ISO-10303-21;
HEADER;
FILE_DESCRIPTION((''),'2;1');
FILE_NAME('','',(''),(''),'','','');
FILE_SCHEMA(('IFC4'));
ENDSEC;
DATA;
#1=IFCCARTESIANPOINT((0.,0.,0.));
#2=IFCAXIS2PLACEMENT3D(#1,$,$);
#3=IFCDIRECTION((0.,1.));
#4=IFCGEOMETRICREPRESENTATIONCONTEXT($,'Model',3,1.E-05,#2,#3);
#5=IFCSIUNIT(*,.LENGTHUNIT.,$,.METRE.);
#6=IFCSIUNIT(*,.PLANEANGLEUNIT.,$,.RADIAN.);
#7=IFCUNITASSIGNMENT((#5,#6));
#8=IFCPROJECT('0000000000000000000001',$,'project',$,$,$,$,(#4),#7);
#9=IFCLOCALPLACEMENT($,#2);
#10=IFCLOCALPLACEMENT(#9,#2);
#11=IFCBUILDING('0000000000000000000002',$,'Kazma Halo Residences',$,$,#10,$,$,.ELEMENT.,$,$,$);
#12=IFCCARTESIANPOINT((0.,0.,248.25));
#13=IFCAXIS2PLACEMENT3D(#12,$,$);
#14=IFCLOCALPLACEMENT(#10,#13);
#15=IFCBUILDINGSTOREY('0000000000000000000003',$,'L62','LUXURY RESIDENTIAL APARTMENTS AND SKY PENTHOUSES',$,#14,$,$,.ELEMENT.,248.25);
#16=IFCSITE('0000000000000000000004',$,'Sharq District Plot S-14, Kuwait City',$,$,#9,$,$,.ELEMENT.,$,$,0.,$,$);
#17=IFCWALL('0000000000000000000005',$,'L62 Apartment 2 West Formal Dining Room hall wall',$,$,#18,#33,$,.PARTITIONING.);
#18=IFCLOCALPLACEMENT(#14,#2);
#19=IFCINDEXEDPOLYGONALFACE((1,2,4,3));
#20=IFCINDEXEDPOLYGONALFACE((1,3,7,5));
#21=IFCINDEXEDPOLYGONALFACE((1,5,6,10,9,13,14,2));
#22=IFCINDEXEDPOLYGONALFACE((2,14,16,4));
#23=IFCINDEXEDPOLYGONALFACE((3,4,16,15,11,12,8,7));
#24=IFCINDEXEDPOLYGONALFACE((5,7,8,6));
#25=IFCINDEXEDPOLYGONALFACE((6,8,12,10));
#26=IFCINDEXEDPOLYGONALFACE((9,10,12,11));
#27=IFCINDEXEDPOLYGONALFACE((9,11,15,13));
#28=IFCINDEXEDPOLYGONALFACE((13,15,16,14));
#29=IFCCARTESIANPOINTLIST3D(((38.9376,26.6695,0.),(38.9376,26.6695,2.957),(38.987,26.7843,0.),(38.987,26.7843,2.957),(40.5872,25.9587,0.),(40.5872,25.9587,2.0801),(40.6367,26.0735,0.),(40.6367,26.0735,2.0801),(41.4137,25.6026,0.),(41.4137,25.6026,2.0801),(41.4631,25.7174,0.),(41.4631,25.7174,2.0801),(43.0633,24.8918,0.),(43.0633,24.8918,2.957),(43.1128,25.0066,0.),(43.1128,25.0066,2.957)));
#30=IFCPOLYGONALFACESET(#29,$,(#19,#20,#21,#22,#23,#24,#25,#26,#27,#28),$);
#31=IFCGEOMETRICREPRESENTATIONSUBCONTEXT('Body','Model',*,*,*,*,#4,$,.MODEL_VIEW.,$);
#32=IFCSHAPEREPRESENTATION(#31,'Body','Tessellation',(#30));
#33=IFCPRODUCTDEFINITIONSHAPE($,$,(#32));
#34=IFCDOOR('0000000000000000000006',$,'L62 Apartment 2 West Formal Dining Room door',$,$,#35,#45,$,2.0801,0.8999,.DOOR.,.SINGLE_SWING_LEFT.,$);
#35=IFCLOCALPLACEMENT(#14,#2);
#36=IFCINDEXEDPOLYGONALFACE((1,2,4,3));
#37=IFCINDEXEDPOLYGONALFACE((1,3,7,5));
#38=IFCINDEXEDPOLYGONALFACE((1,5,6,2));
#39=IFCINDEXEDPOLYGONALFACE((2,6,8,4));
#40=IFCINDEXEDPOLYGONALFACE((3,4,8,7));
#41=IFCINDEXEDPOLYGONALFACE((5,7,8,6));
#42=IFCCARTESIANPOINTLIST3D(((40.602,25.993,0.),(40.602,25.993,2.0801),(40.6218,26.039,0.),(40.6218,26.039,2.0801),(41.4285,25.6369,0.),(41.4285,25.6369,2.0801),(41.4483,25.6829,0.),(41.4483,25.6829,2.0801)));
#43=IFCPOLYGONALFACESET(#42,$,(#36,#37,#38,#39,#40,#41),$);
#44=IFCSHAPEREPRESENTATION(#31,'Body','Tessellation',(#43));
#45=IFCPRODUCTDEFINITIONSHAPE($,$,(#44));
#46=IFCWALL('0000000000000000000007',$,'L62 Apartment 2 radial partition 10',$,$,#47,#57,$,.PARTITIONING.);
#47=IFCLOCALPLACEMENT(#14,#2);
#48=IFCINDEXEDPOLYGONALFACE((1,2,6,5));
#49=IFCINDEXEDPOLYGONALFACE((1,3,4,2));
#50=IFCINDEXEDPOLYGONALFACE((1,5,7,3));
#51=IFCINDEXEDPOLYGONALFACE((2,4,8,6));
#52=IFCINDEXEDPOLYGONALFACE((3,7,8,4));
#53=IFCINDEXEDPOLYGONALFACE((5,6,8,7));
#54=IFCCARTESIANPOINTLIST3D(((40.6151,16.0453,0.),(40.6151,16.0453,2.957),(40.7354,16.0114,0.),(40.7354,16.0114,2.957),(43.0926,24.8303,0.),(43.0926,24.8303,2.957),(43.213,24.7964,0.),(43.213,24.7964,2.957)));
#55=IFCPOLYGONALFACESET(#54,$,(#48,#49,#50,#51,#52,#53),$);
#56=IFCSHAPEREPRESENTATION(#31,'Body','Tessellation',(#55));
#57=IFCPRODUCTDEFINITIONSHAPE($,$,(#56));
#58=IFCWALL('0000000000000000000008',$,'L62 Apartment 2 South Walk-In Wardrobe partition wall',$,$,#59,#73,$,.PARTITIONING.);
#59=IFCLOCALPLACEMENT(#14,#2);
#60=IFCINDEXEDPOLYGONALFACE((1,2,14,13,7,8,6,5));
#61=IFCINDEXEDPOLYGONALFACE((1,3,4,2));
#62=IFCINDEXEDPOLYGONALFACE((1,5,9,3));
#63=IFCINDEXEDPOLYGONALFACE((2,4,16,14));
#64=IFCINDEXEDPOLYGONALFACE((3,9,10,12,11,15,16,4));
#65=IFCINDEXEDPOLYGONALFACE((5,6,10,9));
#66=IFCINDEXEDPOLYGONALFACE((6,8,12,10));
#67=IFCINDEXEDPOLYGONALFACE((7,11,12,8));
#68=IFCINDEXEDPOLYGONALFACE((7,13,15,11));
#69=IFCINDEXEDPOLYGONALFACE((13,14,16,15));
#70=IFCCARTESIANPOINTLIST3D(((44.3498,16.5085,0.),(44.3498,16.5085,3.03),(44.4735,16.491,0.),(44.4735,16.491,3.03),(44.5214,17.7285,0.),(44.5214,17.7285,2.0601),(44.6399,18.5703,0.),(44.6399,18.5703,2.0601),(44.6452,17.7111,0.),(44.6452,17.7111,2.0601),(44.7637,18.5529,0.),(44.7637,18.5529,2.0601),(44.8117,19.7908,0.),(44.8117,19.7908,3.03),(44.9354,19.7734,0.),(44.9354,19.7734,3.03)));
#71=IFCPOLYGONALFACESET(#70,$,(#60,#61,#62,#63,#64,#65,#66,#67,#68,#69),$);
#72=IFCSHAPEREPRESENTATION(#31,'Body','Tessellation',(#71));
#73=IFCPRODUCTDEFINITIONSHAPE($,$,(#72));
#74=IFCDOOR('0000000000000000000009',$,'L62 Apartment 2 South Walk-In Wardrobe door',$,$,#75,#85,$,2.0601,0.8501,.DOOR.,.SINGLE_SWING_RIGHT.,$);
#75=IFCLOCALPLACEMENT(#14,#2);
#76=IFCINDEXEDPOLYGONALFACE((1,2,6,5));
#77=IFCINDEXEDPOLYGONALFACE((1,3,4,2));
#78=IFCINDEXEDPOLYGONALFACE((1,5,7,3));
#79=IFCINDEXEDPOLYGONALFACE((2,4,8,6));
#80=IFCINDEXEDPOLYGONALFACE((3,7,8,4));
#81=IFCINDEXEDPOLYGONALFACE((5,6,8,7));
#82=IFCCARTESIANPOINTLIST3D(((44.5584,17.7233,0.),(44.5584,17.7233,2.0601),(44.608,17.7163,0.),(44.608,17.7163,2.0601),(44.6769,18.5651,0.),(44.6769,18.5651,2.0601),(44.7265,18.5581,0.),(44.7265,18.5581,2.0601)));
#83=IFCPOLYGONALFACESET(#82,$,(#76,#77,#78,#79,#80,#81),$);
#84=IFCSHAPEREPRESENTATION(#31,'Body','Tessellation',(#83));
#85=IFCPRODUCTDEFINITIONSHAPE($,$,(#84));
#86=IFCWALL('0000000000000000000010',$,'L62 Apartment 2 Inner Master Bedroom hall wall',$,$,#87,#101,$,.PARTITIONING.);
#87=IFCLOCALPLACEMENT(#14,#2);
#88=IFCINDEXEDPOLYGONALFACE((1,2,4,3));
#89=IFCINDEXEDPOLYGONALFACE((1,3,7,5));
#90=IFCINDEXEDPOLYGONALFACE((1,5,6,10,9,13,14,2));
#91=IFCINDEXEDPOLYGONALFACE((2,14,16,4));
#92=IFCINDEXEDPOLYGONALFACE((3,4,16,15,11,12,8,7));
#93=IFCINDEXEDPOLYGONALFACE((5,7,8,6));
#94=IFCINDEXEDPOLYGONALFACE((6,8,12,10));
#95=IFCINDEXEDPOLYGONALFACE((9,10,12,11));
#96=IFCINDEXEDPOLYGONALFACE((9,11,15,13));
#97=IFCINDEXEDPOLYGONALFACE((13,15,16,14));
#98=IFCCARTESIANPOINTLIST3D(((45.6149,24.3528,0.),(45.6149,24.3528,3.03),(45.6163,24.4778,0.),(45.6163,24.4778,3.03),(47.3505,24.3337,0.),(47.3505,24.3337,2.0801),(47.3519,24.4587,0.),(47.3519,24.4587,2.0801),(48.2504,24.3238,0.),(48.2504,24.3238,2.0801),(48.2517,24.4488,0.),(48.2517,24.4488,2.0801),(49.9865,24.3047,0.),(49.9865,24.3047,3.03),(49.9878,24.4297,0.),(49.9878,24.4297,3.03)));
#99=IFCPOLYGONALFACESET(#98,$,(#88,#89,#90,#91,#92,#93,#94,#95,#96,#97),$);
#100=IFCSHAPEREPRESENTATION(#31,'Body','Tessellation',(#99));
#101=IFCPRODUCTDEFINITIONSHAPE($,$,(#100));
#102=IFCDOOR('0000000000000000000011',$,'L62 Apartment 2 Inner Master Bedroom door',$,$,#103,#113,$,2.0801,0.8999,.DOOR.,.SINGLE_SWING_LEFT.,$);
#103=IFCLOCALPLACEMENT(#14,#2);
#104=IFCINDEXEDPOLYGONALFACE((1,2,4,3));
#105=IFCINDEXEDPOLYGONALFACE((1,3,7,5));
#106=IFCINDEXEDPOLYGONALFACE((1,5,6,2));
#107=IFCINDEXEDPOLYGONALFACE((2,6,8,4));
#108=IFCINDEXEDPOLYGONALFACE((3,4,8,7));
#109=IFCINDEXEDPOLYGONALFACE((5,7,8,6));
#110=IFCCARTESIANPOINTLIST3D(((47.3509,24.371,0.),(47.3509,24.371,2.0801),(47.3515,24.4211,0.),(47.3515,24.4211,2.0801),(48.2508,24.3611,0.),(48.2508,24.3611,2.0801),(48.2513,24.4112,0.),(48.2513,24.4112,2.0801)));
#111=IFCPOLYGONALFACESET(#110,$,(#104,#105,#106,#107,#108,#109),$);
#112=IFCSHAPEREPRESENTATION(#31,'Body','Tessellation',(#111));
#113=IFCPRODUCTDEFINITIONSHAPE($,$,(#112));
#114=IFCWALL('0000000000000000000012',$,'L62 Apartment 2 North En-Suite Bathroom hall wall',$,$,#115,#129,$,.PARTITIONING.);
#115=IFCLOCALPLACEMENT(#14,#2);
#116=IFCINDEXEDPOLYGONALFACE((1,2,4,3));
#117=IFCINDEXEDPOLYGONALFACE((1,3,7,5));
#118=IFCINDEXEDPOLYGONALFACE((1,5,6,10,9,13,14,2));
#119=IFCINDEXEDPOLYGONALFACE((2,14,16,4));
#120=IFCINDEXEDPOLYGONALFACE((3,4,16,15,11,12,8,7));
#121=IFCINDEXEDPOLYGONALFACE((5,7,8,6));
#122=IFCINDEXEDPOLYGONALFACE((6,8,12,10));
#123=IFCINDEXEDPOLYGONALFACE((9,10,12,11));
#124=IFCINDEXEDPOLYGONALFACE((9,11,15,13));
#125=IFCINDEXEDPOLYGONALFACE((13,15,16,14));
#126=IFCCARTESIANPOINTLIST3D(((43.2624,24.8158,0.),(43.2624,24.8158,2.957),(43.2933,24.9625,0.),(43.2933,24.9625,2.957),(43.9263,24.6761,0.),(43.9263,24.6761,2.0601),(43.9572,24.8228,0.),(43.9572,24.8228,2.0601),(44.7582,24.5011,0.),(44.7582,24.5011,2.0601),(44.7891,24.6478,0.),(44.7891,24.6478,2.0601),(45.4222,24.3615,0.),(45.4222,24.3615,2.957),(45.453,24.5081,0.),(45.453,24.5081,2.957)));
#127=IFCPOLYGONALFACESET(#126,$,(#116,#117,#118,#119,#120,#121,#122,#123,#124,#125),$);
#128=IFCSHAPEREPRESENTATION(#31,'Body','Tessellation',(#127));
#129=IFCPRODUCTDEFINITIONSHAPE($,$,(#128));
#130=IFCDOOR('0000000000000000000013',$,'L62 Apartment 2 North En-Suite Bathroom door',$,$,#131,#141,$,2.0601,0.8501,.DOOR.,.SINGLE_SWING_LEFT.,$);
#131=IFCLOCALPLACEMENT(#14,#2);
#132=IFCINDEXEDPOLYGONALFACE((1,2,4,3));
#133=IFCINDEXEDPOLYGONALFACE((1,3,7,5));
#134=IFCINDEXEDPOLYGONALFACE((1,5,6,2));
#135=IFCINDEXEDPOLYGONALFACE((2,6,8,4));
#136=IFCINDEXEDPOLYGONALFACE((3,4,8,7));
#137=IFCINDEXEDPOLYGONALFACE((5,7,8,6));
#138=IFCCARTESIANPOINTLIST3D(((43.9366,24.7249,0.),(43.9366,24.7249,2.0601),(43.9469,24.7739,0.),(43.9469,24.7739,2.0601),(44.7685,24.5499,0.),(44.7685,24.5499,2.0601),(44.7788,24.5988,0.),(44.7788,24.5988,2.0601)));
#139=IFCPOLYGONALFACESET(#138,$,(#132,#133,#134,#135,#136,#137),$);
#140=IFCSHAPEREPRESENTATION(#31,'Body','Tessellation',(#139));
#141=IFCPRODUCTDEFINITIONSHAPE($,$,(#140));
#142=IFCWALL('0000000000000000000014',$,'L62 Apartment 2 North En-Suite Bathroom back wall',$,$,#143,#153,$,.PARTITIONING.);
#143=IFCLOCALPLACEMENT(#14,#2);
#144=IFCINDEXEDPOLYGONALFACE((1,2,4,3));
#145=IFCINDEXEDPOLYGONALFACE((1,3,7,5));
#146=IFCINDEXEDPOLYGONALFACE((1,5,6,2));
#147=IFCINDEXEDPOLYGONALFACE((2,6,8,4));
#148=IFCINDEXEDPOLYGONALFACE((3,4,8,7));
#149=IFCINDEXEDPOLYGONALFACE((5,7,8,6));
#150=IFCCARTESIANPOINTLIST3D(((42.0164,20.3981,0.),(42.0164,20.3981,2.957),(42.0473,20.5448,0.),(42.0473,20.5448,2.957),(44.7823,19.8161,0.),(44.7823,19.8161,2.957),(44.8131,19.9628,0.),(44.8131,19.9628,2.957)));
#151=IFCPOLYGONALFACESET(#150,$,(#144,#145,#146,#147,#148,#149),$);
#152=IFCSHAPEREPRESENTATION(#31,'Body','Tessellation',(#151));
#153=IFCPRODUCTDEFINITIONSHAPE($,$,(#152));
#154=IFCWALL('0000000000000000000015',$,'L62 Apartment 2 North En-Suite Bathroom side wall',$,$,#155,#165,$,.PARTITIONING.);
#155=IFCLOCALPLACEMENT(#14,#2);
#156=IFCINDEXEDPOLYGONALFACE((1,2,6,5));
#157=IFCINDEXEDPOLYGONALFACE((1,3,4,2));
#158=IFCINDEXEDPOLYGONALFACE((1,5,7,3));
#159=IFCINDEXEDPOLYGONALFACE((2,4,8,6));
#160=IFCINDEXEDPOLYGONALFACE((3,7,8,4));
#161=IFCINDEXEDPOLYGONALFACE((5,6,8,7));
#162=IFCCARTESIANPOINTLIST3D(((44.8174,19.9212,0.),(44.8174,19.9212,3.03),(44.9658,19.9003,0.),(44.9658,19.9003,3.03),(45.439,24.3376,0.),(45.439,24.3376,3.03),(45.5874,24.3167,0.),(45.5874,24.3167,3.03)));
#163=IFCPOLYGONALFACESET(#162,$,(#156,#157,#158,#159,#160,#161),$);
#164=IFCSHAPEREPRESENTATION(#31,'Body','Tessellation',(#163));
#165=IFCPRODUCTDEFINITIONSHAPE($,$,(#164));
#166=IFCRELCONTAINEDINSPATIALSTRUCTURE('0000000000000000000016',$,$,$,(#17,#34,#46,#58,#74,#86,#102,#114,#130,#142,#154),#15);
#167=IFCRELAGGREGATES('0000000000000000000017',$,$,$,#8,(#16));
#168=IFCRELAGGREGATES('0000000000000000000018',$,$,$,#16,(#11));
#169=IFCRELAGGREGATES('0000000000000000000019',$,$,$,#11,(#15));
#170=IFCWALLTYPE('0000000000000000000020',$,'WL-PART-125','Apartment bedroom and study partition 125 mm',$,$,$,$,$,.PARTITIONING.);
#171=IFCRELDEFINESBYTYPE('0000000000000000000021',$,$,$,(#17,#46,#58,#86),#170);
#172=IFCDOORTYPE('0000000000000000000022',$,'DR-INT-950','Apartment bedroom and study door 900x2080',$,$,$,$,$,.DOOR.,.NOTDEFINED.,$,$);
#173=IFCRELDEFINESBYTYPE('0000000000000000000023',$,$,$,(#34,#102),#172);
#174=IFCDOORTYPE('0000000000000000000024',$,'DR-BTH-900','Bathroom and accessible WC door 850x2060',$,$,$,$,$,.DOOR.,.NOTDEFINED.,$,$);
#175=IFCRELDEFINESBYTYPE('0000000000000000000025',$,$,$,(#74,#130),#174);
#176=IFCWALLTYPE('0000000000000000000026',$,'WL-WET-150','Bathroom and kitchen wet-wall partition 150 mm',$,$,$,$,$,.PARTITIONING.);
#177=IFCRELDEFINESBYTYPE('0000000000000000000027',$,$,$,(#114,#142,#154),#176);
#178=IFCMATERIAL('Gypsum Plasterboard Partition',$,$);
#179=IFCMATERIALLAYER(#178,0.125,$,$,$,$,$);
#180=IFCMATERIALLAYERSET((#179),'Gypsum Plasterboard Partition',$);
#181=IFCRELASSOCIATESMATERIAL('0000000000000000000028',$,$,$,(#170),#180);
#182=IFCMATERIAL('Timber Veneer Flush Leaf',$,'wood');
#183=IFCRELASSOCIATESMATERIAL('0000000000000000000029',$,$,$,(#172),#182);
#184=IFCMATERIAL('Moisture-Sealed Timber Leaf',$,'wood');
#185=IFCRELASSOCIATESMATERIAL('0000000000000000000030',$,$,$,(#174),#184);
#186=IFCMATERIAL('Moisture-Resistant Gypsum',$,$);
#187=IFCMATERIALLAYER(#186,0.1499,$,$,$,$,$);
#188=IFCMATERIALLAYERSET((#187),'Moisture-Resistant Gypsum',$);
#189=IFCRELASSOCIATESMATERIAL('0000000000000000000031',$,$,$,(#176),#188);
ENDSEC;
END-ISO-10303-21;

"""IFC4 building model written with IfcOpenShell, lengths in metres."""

from ifc_helpers import new_model, si_unit, direction, frame, frame_2d, origin, place, context, subcontext, project, spatial, rectangle, extrude, material, layer, layer_set, type_object, element, fill, save


model = new_model("IFC4")

# Units and contexts
model_context = context("Model", 3, precision=1e-05, world=origin(), true_north=direction((0.0, 1.0)))
body_context = subcontext(model_context, "Body", "Model", "MODEL_VIEW")
ifc_project = project(units=[si_unit("LENGTHUNIT", "METRE"), si_unit("PLANEANGLEUNIT", "RADIAN")], contexts=[model_context])

# Site, building, storey
site_placement = place(None, origin())
site = spatial("IfcSite", under=ifc_project, at=site_placement, Name="Sharq District Plot S-14, Kuwait City", CompositionType="ELEMENT", RefElevation=0.0)
building_placement = place(site_placement, origin())
building = spatial("IfcBuilding", under=site, at=building_placement, Name="Kazma Halo Residences", CompositionType="ELEMENT")
storey_placement = place(building_placement, frame((0.0, 0.0, 248.25)))
storey = spatial("IfcBuildingStorey", under=building, at=storey_placement, Name="L62", Description="LUXURY RESIDENTIAL APARTMENTS AND SKY PENTHOUSES", CompositionType="ELEMENT", Elevation=248.25)

# Shared definitions
ifc_material_1 = material(Name="Gypsum Plasterboard Partition")
ifc_layer_1 = layer(ifc_material_1, 0.125)
ifc_layer_set_1 = layer_set([ifc_layer_1], Name="Gypsum Plasterboard Partition")
wall_type_1 = type_object("IfcWallType", Name="WL-PART-125", Description="Apartment bedroom and study partition 125 mm", PredefinedType="PARTITIONING", material=ifc_layer_set_1)

# Wall, opening, door
wall_1_placement = place(storey_placement, frame((38.9624, 26.7268, 0.0), z_axis=(0.0, 0.0, 1.0), x_axis=(0.918384, -0.395689, 0.0)))
wall_1 = element("IfcWall", 1, at=wall_1_placement, inside=storey, type_object=wall_type_1, Name="L62 Apartment 2 West Formal Dining Room hall wall", PredefinedType="PARTITIONING", context=body_context, shape_type="SweptSolid", body=[
    extrude(rectangle(XDim=4.4924, YDim=0.125, at=frame_2d((2.2461, 0.0))), origin(), (0.0, 0.0, 1.0), 2.957),
])
opening_1_placement = place(wall_1_placement, frame((1.7961, 0.0, 0.0)))
opening_1 = element("IfcOpeningElement", 2, at=opening_1_placement, cuts=wall_1, PredefinedType="OPENING", context=body_context, shape_type="SweptSolid", body=[
    extrude(rectangle(XDim=0.8999, YDim=2.0801, at=frame_2d((0.45, 1.04))), frame((0.0, 0.0725, 0.0), z_axis=(0.0, -1.0, 0.0), x_axis=(1.0, 0.0, 0.0)), (0.0, 0.0, 1.0), 0.145),
])
ifc_material_2 = material(Name="Timber Veneer Flush Leaf", Category="wood")
door_type_1 = type_object("IfcDoorType", Name="DR-INT-950", Description="Apartment bedroom and study door 900x2080", OperationType="NOTDEFINED", PredefinedType="DOOR", material=ifc_material_2)
door_1_placement = place(opening_1_placement, origin())
door_1 = element("IfcDoor", 3, at=door_1_placement, inside=storey, type_object=door_type_1, Name="L62 Apartment 2 West Formal Dining Room door", OperationType="SINGLE_SWING_LEFT", OverallHeight=2.0801, OverallWidth=0.8999, PredefinedType="DOOR", context=body_context, shape_type="SweptSolid", body=[
    extrude(rectangle(XDim=0.8999, YDim=2.0801, at=frame_2d((0.45, 1.04))), frame((0.0, 0.0249, 0.0), z_axis=(0.0, -1.0, 0.0), x_axis=(1.0, 0.0, 0.0)), (0.0, 0.0, 1.0), 0.05),
])
fill(opening_1, door_1)

# Wall
wall_2_placement = place(storey_placement, frame((43.1528, 24.8135, 0.0), z_axis=(0.0, 0.0, 1.0), x_axis=(-0.271434, -0.962457, 0.0)))
element("IfcWall", 4, at=wall_2_placement, inside=storey, type_object=wall_type_1, Name="L62 Apartment 2 radial partition 10", PredefinedType="PARTITIONING", context=body_context, shape_type="SweptSolid", body=[
    extrude(rectangle(XDim=9.1277, YDim=0.125, at=frame_2d((4.564, 0.0))), origin(), (0.0, 0.0, 1.0), 2.957),
])

# Walls, openings, doors
wall_3_placement = place(storey_placement, frame((44.8735, 19.782, 0.0), z_axis=(0.0, 0.0, 1.0), x_axis=(-0.139348, -0.990243, 0.0)))
wall_3 = element("IfcWall", 5, at=wall_3_placement, inside=storey, type_object=wall_type_1, Name="L62 Apartment 2 South Walk-In Wardrobe partition wall", PredefinedType="PARTITIONING", context=body_context, shape_type="SweptSolid", body=[
    extrude(rectangle(XDim=3.3147, YDim=0.125, at=frame_2d((1.6572, 0.0))), origin(), (0.0, 0.0, 1.0), 3.03),
])
opening_2_placement = place(wall_3_placement, frame((1.2324, 0.0, 0.0)))
opening_2 = element("IfcOpeningElement", 6, at=opening_2_placement, cuts=wall_3, PredefinedType="OPENING", context=body_context, shape_type="SweptSolid", body=[
    extrude(rectangle(XDim=0.8501, YDim=2.0601, at=frame_2d((0.425, 1.03))), frame((0.0, 0.0725, 0.0), z_axis=(0.0, -1.0, 0.0), x_axis=(1.0, 0.0, 0.0)), (0.0, 0.0, 1.0), 0.145),
])
ifc_material_3 = material(Name="Moisture-Sealed Timber Leaf", Category="wood")
door_type_2 = type_object("IfcDoorType", Name="DR-BTH-900", Description="Bathroom and accessible WC door 850x2060", OperationType="NOTDEFINED", PredefinedType="DOOR", material=ifc_material_3)
door_2_placement = place(opening_2_placement, origin())
door_2 = element("IfcDoor", 7, at=door_2_placement, inside=storey, type_object=door_type_2, Name="L62 Apartment 2 South Walk-In Wardrobe door", OperationType="SINGLE_SWING_RIGHT", OverallHeight=2.0601, OverallWidth=0.8501, PredefinedType="DOOR", context=body_context, shape_type="SweptSolid", body=[
    extrude(rectangle(XDim=0.8501, YDim=2.0601, at=frame_2d((0.425, 1.03))), frame((0.0, 0.0249, 0.0), z_axis=(0.0, -1.0, 0.0), x_axis=(1.0, 0.0, 0.0)), (0.0, 0.0, 1.0), 0.05),
])
fill(opening_2, door_2)
wall_4_placement = place(storey_placement, frame((45.6155, 24.4153, 0.0), z_axis=(0.0, 0.0, 1.0), x_axis=(0.999939, -0.011001, 0.0)))
wall_4 = element("IfcWall", 8, at=wall_4_placement, inside=storey, type_object=wall_type_1, Name="L62 Apartment 2 Inner Master Bedroom hall wall", PredefinedType="PARTITIONING", context=body_context, shape_type="SweptSolid", body=[
    extrude(rectangle(XDim=4.3718, YDim=0.125, at=frame_2d((2.186, 0.0))), origin(), (0.0, 0.0, 1.0), 3.03),
])
opening_3_placement = place(wall_4_placement, frame((1.7358, 0.0, 0.0)))
opening_3 = element("IfcOpeningElement", 9, at=opening_3_placement, cuts=wall_4, PredefinedType="OPENING", context=body_context, shape_type="SweptSolid", body=[
    extrude(rectangle(XDim=0.8999, YDim=2.0801, at=frame_2d((0.45, 1.04))), frame((0.0, 0.0725, 0.0), z_axis=(0.0, -1.0, 0.0), x_axis=(1.0, 0.0, 0.0)), (0.0, 0.0, 1.0), 0.145),
])
door_3_placement = place(opening_3_placement, origin())
door_3 = element("IfcDoor", 10, at=door_3_placement, inside=storey, type_object=door_type_1, Name="L62 Apartment 2 Inner Master Bedroom door", OperationType="SINGLE_SWING_LEFT", OverallHeight=2.0801, OverallWidth=0.8999, PredefinedType="DOOR", context=body_context, shape_type="SweptSolid", body=[
    extrude(rectangle(XDim=0.8999, YDim=2.0801, at=frame_2d((0.45, 1.04))), frame((0.0, 0.0249, 0.0), z_axis=(0.0, -1.0, 0.0), x_axis=(1.0, 0.0, 0.0)), (0.0, 0.0, 1.0), 0.05),
])
fill(opening_3, door_3)
ifc_material_4 = material(Name="Moisture-Resistant Gypsum")
ifc_layer_2 = layer(ifc_material_4, 0.1499)
ifc_layer_set_2 = layer_set([ifc_layer_2], Name="Moisture-Resistant Gypsum")
wall_type_2 = type_object("IfcWallType", Name="WL-WET-150", Description="Bathroom and kitchen wet-wall partition 150 mm", PredefinedType="PARTITIONING", material=ifc_layer_set_2)
wall_5_placement = place(storey_placement, frame((43.2778, 24.8892, 0.0), z_axis=(0.0, 0.0, 1.0), x_axis=(0.978579, -0.205871, 0.0)))
wall_5 = element("IfcWall", 11, at=wall_5_placement, inside=storey, type_object=wall_type_2, Name="L62 Apartment 2 North En-Suite Bathroom hall wall", PredefinedType="PARTITIONING", context=body_context, shape_type="SweptSolid", body=[
    extrude(rectangle(XDim=2.207, YDim=0.1499, at=frame_2d((1.1035, 0.0))), origin(), (0.0, 0.0, 1.0), 2.957),
])
opening_4_placement = place(wall_5_placement, frame((0.6785, 0.0, 0.0)))
opening_4 = element("IfcOpeningElement", 12, at=opening_4_placement, cuts=wall_5, PredefinedType="OPENING", context=body_context, shape_type="SweptSolid", body=[
    extrude(rectangle(XDim=0.8501, YDim=2.0601, at=frame_2d((0.425, 1.03))), frame((0.0, 0.085, 0.0), z_axis=(0.0, -1.0, 0.0), x_axis=(1.0, 0.0, 0.0)), (0.0, 0.0, 1.0), 0.1699),
])
door_4_placement = place(opening_4_placement, origin())
door_4 = element("IfcDoor", 13, at=door_4_placement, inside=storey, type_object=door_type_2, Name="L62 Apartment 2 North En-Suite Bathroom door", OperationType="SINGLE_SWING_LEFT", OverallHeight=2.0601, OverallWidth=0.8501, PredefinedType="DOOR", context=body_context, shape_type="SweptSolid", body=[
    extrude(rectangle(XDim=0.8501, YDim=2.0601, at=frame_2d((0.425, 1.03))), frame((0.0, 0.0249, 0.0), z_axis=(0.0, -1.0, 0.0), x_axis=(1.0, 0.0, 0.0)), (0.0, 0.0, 1.0), 0.05),
])
fill(opening_4, door_4)

# Walls
wall_6_placement = place(storey_placement, frame((42.032, 20.4714, 0.0), z_axis=(0.0, 0.0, 1.0), x_axis=(0.978568, -0.205923, 0.0)))
element("IfcWall", 14, at=wall_6_placement, inside=storey, type_object=wall_type_2, Name="L62 Apartment 2 North En-Suite Bathroom back wall", PredefinedType="PARTITIONING", context=body_context, shape_type="SweptSolid", body=[
    extrude(rectangle(XDim=2.8264, YDim=0.1499, at=frame_2d((1.4131, 0.0))), origin(), (0.0, 0.0, 1.0), 2.957),
])
wall_7_placement = place(storey_placement, frame((45.5132, 24.3271, 0.0), z_axis=(0.0, 0.0, 1.0), x_axis=(-0.139367, -0.990241, 0.0)))
element("IfcWall", 15, at=wall_7_placement, inside=storey, type_object=wall_type_2, Name="L62 Apartment 2 North En-Suite Bathroom side wall", PredefinedType="PARTITIONING", context=body_context, shape_type="SweptSolid", body=[
    extrude(rectangle(XDim=4.46, YDim=0.1499, at=frame_2d((2.23, 0.0))), origin(), (0.0, 0.0, 1.0), 3.03),
])

save(model, "model.ifc")
